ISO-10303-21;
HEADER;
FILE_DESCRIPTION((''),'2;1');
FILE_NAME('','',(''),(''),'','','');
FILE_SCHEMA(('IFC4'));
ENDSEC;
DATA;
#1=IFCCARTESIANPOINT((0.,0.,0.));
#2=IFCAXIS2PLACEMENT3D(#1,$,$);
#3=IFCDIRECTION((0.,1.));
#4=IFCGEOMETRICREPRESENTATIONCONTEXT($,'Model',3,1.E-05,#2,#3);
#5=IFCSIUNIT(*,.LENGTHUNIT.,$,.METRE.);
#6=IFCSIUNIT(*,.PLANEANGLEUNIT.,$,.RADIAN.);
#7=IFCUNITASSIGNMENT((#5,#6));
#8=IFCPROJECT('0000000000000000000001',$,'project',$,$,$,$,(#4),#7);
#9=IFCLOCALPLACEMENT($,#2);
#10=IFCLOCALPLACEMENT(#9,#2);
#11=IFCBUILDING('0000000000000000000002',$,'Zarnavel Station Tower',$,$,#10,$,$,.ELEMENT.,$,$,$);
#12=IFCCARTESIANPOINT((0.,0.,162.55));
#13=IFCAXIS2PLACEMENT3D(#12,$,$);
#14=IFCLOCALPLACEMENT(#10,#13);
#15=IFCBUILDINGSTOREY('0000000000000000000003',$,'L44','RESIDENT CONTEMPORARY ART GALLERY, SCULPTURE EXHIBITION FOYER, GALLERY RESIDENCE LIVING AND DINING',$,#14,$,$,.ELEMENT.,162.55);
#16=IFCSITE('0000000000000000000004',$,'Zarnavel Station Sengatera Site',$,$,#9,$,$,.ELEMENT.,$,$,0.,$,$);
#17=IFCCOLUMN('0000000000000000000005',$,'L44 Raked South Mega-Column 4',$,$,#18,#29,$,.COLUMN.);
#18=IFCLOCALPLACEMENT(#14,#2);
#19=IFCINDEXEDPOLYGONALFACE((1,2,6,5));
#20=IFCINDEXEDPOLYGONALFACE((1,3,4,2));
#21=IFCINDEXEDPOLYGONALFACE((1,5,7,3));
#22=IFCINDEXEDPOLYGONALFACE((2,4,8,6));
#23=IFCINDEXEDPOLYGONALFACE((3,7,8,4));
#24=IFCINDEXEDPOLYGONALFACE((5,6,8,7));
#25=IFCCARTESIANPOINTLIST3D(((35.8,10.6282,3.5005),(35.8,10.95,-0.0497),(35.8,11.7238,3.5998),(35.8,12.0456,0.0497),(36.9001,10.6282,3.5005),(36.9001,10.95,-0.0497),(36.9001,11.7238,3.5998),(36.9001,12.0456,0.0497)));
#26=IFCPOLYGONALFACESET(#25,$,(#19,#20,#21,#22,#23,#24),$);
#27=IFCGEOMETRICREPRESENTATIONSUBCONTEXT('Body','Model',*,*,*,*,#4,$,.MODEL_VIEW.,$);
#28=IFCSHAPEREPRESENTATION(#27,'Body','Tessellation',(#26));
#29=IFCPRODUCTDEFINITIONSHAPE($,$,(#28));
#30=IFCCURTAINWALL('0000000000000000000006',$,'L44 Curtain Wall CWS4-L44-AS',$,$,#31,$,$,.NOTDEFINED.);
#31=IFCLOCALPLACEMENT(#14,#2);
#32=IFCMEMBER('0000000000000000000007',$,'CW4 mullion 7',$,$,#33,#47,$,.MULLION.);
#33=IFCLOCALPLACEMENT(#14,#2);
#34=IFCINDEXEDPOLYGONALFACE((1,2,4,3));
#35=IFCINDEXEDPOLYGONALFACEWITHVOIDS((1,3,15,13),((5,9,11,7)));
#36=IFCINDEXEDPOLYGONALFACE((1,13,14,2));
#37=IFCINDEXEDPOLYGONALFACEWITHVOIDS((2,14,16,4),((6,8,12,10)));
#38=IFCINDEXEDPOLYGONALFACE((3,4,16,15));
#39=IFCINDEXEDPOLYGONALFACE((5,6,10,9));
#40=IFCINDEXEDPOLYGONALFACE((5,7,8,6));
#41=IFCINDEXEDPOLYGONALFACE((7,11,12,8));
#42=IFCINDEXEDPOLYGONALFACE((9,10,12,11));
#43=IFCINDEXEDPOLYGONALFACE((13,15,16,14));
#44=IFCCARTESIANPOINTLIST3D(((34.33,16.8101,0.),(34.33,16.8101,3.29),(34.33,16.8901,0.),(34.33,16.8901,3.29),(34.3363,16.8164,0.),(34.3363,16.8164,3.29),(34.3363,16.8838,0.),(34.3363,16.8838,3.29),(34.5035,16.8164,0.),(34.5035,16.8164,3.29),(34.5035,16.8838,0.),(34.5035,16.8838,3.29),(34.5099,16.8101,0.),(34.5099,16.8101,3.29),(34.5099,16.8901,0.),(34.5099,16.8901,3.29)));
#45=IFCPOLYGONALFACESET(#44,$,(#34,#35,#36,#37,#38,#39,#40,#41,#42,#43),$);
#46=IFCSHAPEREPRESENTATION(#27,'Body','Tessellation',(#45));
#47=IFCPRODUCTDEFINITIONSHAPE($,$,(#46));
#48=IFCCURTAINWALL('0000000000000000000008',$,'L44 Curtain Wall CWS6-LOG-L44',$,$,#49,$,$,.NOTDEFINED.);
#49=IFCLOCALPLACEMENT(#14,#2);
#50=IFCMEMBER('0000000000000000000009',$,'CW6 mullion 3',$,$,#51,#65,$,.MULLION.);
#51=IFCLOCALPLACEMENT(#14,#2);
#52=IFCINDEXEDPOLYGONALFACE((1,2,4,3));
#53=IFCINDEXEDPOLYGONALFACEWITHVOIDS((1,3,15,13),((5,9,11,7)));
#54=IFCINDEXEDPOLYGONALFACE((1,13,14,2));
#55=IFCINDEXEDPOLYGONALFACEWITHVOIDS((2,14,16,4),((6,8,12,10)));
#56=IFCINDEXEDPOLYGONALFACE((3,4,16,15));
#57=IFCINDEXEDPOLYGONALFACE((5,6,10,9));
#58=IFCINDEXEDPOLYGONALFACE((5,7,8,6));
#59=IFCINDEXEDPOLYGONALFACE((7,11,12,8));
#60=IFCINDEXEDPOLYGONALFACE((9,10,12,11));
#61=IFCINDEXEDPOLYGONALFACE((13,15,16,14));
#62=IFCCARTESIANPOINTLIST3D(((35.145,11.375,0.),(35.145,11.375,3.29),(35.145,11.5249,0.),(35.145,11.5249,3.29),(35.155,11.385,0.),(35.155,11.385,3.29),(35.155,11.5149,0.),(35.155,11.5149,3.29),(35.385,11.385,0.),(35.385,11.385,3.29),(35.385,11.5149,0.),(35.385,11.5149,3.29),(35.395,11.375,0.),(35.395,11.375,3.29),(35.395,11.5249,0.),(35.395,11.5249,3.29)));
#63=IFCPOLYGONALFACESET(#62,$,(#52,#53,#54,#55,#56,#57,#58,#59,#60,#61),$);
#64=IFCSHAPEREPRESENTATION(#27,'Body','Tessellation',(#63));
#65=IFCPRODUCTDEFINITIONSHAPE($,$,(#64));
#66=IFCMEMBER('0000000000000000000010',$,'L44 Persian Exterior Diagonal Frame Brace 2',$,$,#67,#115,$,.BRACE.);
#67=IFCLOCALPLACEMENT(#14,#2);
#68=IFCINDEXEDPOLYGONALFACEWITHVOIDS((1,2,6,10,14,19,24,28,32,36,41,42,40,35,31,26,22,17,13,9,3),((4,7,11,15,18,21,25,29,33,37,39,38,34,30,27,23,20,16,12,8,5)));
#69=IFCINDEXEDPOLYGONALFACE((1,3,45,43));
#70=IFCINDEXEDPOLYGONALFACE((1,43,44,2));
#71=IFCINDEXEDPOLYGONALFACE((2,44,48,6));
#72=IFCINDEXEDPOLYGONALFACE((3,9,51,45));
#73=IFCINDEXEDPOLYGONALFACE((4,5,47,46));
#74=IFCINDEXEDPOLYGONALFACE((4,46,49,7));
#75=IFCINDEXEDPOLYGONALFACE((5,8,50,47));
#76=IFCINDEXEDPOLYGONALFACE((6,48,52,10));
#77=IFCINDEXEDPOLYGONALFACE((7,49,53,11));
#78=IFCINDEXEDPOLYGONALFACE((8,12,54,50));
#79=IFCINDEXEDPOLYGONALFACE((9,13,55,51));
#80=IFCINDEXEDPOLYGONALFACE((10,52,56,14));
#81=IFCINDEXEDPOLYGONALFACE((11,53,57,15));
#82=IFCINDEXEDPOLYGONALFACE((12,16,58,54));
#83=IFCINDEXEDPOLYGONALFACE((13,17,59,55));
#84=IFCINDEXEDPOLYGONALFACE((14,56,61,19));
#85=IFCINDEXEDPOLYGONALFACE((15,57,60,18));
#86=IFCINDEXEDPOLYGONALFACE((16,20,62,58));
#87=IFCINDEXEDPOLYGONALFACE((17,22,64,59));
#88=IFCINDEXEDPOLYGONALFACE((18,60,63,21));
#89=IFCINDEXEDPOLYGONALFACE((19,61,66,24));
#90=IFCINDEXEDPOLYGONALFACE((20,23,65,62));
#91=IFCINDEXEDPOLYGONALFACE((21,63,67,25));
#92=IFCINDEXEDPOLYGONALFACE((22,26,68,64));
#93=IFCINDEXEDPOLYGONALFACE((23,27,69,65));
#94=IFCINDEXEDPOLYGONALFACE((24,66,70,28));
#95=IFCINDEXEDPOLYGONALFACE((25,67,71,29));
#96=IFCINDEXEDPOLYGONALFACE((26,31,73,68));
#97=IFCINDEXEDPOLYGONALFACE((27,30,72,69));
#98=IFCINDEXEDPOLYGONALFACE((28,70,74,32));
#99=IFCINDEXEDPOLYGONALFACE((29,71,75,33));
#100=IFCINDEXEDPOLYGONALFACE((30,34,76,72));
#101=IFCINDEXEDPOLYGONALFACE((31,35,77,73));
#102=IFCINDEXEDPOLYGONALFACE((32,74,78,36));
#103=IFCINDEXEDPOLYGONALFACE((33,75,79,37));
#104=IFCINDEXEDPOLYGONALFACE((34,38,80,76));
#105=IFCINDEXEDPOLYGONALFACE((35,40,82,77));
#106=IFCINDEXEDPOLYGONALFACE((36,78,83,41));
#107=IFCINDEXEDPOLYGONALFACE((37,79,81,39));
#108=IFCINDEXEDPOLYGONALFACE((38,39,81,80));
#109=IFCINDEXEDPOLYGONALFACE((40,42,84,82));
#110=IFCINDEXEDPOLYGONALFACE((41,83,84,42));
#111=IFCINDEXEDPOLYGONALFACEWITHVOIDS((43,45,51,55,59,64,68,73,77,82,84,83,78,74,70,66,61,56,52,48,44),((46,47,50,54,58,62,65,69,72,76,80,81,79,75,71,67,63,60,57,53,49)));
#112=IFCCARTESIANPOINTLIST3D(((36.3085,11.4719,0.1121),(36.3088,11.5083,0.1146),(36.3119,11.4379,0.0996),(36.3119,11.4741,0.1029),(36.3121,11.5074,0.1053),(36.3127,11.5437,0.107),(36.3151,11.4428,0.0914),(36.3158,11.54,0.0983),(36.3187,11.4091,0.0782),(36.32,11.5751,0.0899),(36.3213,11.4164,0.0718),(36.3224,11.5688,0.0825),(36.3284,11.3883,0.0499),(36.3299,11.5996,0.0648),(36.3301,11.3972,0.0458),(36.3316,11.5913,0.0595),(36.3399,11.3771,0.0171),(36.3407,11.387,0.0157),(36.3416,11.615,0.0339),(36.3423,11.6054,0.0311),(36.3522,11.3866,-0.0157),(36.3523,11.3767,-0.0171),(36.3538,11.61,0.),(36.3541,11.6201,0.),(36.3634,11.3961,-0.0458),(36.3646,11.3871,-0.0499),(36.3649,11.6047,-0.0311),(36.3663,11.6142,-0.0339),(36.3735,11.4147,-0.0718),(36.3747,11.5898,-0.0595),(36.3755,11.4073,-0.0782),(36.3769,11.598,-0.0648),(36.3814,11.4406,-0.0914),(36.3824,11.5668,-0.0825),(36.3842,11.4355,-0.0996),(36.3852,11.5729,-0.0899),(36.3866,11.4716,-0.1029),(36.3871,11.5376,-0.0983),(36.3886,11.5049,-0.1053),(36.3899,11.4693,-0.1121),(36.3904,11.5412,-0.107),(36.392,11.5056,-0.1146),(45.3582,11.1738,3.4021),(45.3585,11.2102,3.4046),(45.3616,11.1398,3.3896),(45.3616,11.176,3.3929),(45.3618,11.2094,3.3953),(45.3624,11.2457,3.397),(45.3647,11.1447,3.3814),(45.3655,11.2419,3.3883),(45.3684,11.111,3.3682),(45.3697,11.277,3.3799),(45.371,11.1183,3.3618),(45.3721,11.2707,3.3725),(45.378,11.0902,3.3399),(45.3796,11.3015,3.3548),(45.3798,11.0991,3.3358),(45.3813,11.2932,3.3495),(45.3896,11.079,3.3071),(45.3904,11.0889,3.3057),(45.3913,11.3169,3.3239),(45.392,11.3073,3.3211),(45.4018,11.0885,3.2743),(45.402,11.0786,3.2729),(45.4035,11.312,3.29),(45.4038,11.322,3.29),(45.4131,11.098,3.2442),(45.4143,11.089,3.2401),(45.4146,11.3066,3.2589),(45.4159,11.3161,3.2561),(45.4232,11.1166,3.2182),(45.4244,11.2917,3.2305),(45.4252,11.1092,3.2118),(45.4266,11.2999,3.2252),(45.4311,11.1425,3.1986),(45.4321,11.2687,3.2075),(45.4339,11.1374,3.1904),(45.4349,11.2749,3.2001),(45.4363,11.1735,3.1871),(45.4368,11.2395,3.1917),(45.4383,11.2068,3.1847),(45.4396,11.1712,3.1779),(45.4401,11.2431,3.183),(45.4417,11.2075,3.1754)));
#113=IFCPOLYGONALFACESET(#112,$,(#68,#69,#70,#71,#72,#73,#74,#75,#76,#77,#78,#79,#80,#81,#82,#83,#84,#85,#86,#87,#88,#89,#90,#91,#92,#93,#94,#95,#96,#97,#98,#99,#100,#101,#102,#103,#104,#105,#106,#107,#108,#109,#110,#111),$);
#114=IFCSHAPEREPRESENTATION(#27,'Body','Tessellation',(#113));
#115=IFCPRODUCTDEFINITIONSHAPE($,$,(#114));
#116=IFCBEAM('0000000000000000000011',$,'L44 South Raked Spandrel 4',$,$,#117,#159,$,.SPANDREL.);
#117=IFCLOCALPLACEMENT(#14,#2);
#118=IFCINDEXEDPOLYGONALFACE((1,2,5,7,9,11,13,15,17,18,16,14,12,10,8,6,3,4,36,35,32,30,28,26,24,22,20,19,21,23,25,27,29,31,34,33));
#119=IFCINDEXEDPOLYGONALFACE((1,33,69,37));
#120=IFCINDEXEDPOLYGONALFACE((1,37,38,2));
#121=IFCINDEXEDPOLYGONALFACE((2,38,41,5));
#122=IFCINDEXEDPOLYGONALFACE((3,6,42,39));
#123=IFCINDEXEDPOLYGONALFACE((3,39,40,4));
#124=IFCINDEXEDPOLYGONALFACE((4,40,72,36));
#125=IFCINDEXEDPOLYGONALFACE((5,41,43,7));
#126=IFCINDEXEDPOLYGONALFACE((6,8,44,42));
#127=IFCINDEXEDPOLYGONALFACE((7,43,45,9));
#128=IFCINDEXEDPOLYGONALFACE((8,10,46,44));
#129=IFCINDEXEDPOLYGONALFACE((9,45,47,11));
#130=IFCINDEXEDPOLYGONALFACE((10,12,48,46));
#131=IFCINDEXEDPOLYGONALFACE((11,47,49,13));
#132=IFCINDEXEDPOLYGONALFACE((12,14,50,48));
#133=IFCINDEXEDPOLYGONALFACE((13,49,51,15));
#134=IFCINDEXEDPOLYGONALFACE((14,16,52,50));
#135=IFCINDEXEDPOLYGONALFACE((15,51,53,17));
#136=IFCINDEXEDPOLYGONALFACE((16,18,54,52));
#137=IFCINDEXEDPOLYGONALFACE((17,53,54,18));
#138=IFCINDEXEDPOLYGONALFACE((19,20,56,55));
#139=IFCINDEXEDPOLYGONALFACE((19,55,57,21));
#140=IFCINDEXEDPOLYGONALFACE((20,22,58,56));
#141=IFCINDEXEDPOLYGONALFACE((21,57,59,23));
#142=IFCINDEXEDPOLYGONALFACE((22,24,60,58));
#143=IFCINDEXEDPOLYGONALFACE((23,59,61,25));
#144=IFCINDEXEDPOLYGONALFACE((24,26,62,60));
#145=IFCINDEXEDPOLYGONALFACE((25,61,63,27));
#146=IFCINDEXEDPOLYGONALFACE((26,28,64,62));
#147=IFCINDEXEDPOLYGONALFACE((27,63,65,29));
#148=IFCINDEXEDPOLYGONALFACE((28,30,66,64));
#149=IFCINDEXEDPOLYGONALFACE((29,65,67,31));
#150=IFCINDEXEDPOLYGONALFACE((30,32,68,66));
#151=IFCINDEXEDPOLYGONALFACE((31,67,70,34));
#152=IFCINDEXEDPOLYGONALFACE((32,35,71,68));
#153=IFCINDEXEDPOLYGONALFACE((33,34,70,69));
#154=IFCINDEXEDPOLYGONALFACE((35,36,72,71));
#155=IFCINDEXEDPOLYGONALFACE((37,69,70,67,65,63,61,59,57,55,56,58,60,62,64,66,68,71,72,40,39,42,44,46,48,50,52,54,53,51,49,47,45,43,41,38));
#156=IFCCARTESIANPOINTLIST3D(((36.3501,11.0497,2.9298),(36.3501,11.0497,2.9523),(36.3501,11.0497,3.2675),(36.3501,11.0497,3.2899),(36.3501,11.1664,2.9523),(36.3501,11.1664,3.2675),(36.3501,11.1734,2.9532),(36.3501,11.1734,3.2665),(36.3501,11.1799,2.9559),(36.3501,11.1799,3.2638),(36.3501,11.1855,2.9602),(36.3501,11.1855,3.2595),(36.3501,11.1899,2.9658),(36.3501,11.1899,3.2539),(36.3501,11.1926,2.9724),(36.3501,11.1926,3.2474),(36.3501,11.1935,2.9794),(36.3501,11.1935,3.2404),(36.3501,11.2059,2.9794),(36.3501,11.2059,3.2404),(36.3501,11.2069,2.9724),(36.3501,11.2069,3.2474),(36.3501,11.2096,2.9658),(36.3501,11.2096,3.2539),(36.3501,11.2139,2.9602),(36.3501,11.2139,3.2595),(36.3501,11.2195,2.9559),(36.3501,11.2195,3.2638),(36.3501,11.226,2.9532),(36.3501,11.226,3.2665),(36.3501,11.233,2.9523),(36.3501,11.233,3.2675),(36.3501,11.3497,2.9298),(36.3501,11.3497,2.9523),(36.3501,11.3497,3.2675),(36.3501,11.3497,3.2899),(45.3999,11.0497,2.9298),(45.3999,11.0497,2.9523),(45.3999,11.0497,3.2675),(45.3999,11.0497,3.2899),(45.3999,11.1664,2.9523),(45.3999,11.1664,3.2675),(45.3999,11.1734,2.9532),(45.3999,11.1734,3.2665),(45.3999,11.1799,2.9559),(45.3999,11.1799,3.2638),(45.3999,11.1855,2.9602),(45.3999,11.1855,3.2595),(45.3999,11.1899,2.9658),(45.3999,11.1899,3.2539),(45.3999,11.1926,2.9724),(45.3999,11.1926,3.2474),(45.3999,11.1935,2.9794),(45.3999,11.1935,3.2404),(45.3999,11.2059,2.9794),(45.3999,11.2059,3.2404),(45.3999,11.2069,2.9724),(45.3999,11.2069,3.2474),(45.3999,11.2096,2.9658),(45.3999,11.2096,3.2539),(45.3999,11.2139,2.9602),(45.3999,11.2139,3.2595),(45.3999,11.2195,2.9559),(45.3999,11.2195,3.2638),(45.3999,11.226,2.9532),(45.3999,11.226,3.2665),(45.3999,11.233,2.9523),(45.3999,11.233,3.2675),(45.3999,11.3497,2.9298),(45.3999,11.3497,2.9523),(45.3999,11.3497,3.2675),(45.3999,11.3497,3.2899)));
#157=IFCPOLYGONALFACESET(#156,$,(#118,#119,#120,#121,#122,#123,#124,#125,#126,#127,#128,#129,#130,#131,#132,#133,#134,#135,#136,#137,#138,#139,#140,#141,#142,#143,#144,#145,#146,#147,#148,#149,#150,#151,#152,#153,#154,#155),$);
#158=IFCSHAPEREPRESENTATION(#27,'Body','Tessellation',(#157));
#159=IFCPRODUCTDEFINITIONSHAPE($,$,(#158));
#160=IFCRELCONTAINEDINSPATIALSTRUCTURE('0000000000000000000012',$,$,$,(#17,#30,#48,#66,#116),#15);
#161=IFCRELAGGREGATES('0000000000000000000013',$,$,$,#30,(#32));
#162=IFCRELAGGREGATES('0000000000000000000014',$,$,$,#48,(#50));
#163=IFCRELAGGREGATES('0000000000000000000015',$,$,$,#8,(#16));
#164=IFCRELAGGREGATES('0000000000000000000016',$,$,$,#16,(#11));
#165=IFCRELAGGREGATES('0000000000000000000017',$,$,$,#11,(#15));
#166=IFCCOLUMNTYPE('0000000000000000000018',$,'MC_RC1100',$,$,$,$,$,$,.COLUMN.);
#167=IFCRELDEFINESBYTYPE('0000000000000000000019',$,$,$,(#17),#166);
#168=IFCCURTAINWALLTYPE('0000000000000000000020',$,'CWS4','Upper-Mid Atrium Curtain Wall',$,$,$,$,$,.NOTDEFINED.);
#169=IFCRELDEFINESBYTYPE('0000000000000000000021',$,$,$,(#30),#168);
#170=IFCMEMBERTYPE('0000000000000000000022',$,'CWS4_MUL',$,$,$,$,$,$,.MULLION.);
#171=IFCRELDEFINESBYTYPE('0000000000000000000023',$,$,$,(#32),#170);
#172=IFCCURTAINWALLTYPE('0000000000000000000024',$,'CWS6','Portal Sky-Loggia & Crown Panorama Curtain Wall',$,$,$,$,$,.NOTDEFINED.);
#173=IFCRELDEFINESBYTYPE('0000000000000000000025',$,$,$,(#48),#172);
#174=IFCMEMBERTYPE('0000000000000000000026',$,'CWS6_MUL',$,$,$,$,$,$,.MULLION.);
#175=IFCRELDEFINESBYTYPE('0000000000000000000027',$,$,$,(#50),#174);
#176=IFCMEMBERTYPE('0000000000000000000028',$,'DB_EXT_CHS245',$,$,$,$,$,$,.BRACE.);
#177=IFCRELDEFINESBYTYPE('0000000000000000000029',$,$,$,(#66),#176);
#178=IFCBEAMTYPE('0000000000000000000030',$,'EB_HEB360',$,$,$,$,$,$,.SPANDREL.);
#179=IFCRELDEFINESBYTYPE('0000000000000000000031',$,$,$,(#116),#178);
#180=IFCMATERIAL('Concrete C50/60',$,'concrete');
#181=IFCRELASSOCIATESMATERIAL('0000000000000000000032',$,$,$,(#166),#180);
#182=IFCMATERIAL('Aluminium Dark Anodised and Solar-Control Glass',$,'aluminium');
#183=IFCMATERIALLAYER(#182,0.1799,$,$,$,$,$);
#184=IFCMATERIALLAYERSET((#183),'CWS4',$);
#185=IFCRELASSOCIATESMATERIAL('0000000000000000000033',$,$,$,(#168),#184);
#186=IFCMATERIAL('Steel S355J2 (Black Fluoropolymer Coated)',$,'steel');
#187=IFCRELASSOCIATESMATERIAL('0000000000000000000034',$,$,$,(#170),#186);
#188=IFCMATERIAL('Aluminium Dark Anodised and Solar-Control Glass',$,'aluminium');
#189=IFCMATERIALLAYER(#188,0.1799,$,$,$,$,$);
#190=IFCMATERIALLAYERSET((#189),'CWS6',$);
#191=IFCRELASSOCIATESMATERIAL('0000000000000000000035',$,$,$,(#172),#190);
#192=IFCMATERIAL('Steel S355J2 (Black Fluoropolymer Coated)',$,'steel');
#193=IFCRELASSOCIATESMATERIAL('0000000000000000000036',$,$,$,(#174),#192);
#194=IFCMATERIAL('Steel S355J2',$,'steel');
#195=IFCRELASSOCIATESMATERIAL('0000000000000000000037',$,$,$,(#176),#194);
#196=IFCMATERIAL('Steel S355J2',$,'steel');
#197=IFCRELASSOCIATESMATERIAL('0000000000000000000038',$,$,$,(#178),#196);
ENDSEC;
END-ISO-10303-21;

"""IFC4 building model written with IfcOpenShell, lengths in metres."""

from ifc_helpers import new_model, si_unit, direction, frame, origin, origin_2d, place, context, subcontext, project, spatial, rectangle, hollow_rectangle, hollow_circle, i_section, extrude, material, layer, layer_set, material_profile, profile_set, type_object, element, aggregate, save


model = new_model("IFC4")

# Units and contexts
model_context = context("Model", 3, precision=1e-05, world=origin(), true_north=direction((0.0, 1.0)))
body_context = subcontext(model_context, "Body", "Model", "MODEL_VIEW")
ifc_project = project(units=[si_unit("LENGTHUNIT", "METRE"), si_unit("PLANEANGLEUNIT", "RADIAN")], contexts=[model_context])

# Site, building, storey
site_placement = place(None, origin())
site = spatial("IfcSite", under=ifc_project, at=site_placement, Name="Zarnavel Station Sengatera Site", CompositionType="ELEMENT", RefElevation=0.0)
building_placement = place(site_placement, origin())
building = spatial("IfcBuilding", under=site, at=building_placement, Name="Zarnavel Station Tower", CompositionType="ELEMENT")
storey_placement = place(building_placement, frame((0.0, 0.0, 162.55)))
storey = spatial("IfcBuildingStorey", under=building, at=storey_placement, Name="L44", Description="RESIDENT CONTEMPORARY ART GALLERY, SCULPTURE EXHIBITION FOYER, GALLERY RESIDENCE LIVING AND DINING", CompositionType="ELEMENT", Elevation=162.55)

# Column
ifc_material_1 = material(Name="Concrete C50/60", Category="concrete")
ifc_material_profile_1 = material_profile(ifc_material_1, rectangle(XDim=1.1001, YDim=1.1001, at=origin_2d()), Name="RC1100x1100")
ifc_profile_set_1 = profile_set([ifc_material_profile_1], Name="Concrete C50/60")
column_type = type_object("IfcColumnType", Name="MC_RC1100", PredefinedType="COLUMN", material=ifc_profile_set_1)
column_placement = place(storey_placement, frame((36.3501, 11.4978, 0.0), z_axis=(0.0, -0.09027, 0.995917), x_axis=(1.0, 0.0, 0.0)))
element("IfcColumn", 1, at=column_placement, inside=storey, type_object=column_type, Name="L44 Raked South Mega-Column 4", PredefinedType="COLUMN", context=body_context, shape_type="SweptSolid", body=[
    extrude(rectangle(XDim=1.1001, YDim=1.1001, at=origin_2d()), origin(), (0.0, 0.0, 1.0), 3.5647),
])

# Curtain walls, members
ifc_material_2 = material(Name="Aluminium Dark Anodised and Solar-Control Glass", Category="aluminium")
ifc_layer_1 = layer(ifc_material_2, 0.1799)
ifc_layer_set_1 = layer_set([ifc_layer_1], Name="CWS4")
curtain_wall_type_1 = type_object("IfcCurtainWallType", Name="CWS4", Description="Upper-Mid Atrium Curtain Wall", PredefinedType="NOTDEFINED", material=ifc_layer_set_1)
curtain_wall_1_placement = place(storey_placement, origin())
curtain_wall_1 = element("IfcCurtainWall", 2, at=curtain_wall_1_placement, inside=storey, type_object=curtain_wall_type_1, Name="L44 Curtain Wall CWS4-L44-AS", PredefinedType="NOTDEFINED")
ifc_material_3 = material(Name="Steel S355J2 (Black Fluoropolymer Coated)", Category="steel")
ifc_material_profile_2 = material_profile(ifc_material_3, hollow_rectangle(XDim=0.0801, YDim=0.1799, WallThickness=0.0063, at=origin_2d()), Name="RHS180x80x6.3")
ifc_profile_set_2 = profile_set([ifc_material_profile_2], Name="Steel S355J2 (Black Fluoropolymer Coated)")
member_type_1 = type_object("IfcMemberType", Name="CWS4_MUL", PredefinedType="MULLION", material=ifc_profile_set_2)
member_1_placement = place(storey_placement, frame((34.4199, 16.8501, 0.0), z_axis=(0.0, 0.0, 1.0), x_axis=(0.0, 1.0, 0.0)))
member_1 = element("IfcMember", 3, at=member_1_placement, type_object=member_type_1, Name="CW4 mullion 7", PredefinedType="MULLION", context=body_context, shape_type="SweptSolid", body=[
    extrude(hollow_rectangle(XDim=0.0801, YDim=0.1799, WallThickness=0.0063, at=origin_2d()), origin(), (0.0, 0.0, 1.0), 3.29),
])
aggregate(curtain_wall_1, [member_1])
ifc_material_4 = material(Name="Aluminium Dark Anodised and Solar-Control Glass", Category="aluminium")
ifc_layer_2 = layer(ifc_material_4, 0.1799)
ifc_layer_set_2 = layer_set([ifc_layer_2], Name="CWS6")
curtain_wall_type_2 = type_object("IfcCurtainWallType", Name="CWS6", Description="Portal Sky-Loggia & Crown Panorama Curtain Wall", PredefinedType="NOTDEFINED", material=ifc_layer_set_2)
curtain_wall_2_placement = place(storey_placement, origin())
curtain_wall_2 = element("IfcCurtainWall", 4, at=curtain_wall_2_placement, inside=storey, type_object=curtain_wall_type_2, Name="L44 Curtain Wall CWS6-LOG-L44", PredefinedType="NOTDEFINED")
ifc_material_5 = material(Name="Steel S355J2 (Black Fluoropolymer Coated)", Category="steel")
ifc_material_profile_3 = material_profile(ifc_material_5, hollow_rectangle(XDim=0.1499, YDim=0.25, WallThickness=0.01, at=origin_2d()), Name="RHS250x150x10")
ifc_profile_set_3 = profile_set([ifc_material_profile_3], Name="Steel S355J2 (Black Fluoropolymer Coated)")
member_type_2 = type_object("IfcMemberType", Name="CWS6_MUL", PredefinedType="MULLION", material=ifc_profile_set_3)
member_2_placement = place(storey_placement, frame((35.27, 11.45, 0.0), z_axis=(0.0, 0.0, 1.0), x_axis=(0.0, 1.0, 0.0)))
member_2 = element("IfcMember", 5, at=member_2_placement, type_object=member_type_2, Name="CW6 mullion 3", PredefinedType="MULLION", context=body_context, shape_type="SweptSolid", body=[
    extrude(hollow_rectangle(XDim=0.1499, YDim=0.25, WallThickness=0.01, at=origin_2d()), origin(), (0.0, 0.0, 1.0), 3.29),
])

# Member
ifc_material_6 = material(Name="Steel S355J2", Category="steel")
ifc_material_profile_4 = material_profile(ifc_material_6, hollow_circle(Radius=0.1223, WallThickness=0.01, at=origin_2d()), Name="CHS244.5x10")
ifc_profile_set_4 = profile_set([ifc_material_profile_4], Name="Steel S355J2")
member_type_3 = type_object("IfcMemberType", Name="DB_EXT_CHS245", PredefinedType="BRACE", material=ifc_profile_set_4)
member_3_placement = place(storey_placement, frame((36.3501, 11.4978, 0.0), z_axis=(0.93937, -0.030942, 0.341506), x_axis=(0.032922, 0.999458, 0.0)))
element("IfcMember", 6, at=member_3_placement, inside=storey, type_object=member_type_3, Name="L44 Persian Exterior Diagonal Frame Brace 2", PredefinedType="BRACE", context=body_context, shape_type="SweptSolid", body=[
    extrude(hollow_circle(Radius=0.1223, WallThickness=0.01, at=origin_2d()), origin(), (0.0, 0.0, 1.0), 9.6338),
])

# Beam
ifc_material_7 = material(Name="Steel S355J2", Category="steel")
ifc_material_profile_5 = material_profile(ifc_material_7, i_section(OverallWidth=0.3, OverallDepth=0.3601, WebThickness=0.0125, FlangeThickness=0.0225, FilletRadius=0.0271, at=origin_2d()), Name="HEB360")
ifc_profile_set_5 = profile_set([ifc_material_profile_5], Name="Steel S355J2")
beam_type_1 = type_object("IfcBeamType", Name="EB_HEB360", PredefinedType="SPANDREL", material=ifc_profile_set_5)
beam_1_placement = place(storey_placement, frame((36.3501, 11.1997, 3.1099), z_axis=(1.0, 0.0, 0.0), x_axis=(0.0, 1.0, 0.0)))
element("IfcBeam", 7, at=beam_1_placement, inside=storey, type_object=beam_type_1, Name="L44 South Raked Spandrel 4", PredefinedType="SPANDREL", context=body_context, shape_type="SweptSolid", body=[
    extrude(i_section(OverallWidth=0.3, OverallDepth=0.3601, WebThickness=0.0125, FlangeThickness=0.0225, FilletRadius=0.0271, at=origin_2d()), origin(), (0.0, 0.0, 1.0), 9.0498),
])

aggregate(curtain_wall_2, [member_2])

save(model, "model.ifc")
